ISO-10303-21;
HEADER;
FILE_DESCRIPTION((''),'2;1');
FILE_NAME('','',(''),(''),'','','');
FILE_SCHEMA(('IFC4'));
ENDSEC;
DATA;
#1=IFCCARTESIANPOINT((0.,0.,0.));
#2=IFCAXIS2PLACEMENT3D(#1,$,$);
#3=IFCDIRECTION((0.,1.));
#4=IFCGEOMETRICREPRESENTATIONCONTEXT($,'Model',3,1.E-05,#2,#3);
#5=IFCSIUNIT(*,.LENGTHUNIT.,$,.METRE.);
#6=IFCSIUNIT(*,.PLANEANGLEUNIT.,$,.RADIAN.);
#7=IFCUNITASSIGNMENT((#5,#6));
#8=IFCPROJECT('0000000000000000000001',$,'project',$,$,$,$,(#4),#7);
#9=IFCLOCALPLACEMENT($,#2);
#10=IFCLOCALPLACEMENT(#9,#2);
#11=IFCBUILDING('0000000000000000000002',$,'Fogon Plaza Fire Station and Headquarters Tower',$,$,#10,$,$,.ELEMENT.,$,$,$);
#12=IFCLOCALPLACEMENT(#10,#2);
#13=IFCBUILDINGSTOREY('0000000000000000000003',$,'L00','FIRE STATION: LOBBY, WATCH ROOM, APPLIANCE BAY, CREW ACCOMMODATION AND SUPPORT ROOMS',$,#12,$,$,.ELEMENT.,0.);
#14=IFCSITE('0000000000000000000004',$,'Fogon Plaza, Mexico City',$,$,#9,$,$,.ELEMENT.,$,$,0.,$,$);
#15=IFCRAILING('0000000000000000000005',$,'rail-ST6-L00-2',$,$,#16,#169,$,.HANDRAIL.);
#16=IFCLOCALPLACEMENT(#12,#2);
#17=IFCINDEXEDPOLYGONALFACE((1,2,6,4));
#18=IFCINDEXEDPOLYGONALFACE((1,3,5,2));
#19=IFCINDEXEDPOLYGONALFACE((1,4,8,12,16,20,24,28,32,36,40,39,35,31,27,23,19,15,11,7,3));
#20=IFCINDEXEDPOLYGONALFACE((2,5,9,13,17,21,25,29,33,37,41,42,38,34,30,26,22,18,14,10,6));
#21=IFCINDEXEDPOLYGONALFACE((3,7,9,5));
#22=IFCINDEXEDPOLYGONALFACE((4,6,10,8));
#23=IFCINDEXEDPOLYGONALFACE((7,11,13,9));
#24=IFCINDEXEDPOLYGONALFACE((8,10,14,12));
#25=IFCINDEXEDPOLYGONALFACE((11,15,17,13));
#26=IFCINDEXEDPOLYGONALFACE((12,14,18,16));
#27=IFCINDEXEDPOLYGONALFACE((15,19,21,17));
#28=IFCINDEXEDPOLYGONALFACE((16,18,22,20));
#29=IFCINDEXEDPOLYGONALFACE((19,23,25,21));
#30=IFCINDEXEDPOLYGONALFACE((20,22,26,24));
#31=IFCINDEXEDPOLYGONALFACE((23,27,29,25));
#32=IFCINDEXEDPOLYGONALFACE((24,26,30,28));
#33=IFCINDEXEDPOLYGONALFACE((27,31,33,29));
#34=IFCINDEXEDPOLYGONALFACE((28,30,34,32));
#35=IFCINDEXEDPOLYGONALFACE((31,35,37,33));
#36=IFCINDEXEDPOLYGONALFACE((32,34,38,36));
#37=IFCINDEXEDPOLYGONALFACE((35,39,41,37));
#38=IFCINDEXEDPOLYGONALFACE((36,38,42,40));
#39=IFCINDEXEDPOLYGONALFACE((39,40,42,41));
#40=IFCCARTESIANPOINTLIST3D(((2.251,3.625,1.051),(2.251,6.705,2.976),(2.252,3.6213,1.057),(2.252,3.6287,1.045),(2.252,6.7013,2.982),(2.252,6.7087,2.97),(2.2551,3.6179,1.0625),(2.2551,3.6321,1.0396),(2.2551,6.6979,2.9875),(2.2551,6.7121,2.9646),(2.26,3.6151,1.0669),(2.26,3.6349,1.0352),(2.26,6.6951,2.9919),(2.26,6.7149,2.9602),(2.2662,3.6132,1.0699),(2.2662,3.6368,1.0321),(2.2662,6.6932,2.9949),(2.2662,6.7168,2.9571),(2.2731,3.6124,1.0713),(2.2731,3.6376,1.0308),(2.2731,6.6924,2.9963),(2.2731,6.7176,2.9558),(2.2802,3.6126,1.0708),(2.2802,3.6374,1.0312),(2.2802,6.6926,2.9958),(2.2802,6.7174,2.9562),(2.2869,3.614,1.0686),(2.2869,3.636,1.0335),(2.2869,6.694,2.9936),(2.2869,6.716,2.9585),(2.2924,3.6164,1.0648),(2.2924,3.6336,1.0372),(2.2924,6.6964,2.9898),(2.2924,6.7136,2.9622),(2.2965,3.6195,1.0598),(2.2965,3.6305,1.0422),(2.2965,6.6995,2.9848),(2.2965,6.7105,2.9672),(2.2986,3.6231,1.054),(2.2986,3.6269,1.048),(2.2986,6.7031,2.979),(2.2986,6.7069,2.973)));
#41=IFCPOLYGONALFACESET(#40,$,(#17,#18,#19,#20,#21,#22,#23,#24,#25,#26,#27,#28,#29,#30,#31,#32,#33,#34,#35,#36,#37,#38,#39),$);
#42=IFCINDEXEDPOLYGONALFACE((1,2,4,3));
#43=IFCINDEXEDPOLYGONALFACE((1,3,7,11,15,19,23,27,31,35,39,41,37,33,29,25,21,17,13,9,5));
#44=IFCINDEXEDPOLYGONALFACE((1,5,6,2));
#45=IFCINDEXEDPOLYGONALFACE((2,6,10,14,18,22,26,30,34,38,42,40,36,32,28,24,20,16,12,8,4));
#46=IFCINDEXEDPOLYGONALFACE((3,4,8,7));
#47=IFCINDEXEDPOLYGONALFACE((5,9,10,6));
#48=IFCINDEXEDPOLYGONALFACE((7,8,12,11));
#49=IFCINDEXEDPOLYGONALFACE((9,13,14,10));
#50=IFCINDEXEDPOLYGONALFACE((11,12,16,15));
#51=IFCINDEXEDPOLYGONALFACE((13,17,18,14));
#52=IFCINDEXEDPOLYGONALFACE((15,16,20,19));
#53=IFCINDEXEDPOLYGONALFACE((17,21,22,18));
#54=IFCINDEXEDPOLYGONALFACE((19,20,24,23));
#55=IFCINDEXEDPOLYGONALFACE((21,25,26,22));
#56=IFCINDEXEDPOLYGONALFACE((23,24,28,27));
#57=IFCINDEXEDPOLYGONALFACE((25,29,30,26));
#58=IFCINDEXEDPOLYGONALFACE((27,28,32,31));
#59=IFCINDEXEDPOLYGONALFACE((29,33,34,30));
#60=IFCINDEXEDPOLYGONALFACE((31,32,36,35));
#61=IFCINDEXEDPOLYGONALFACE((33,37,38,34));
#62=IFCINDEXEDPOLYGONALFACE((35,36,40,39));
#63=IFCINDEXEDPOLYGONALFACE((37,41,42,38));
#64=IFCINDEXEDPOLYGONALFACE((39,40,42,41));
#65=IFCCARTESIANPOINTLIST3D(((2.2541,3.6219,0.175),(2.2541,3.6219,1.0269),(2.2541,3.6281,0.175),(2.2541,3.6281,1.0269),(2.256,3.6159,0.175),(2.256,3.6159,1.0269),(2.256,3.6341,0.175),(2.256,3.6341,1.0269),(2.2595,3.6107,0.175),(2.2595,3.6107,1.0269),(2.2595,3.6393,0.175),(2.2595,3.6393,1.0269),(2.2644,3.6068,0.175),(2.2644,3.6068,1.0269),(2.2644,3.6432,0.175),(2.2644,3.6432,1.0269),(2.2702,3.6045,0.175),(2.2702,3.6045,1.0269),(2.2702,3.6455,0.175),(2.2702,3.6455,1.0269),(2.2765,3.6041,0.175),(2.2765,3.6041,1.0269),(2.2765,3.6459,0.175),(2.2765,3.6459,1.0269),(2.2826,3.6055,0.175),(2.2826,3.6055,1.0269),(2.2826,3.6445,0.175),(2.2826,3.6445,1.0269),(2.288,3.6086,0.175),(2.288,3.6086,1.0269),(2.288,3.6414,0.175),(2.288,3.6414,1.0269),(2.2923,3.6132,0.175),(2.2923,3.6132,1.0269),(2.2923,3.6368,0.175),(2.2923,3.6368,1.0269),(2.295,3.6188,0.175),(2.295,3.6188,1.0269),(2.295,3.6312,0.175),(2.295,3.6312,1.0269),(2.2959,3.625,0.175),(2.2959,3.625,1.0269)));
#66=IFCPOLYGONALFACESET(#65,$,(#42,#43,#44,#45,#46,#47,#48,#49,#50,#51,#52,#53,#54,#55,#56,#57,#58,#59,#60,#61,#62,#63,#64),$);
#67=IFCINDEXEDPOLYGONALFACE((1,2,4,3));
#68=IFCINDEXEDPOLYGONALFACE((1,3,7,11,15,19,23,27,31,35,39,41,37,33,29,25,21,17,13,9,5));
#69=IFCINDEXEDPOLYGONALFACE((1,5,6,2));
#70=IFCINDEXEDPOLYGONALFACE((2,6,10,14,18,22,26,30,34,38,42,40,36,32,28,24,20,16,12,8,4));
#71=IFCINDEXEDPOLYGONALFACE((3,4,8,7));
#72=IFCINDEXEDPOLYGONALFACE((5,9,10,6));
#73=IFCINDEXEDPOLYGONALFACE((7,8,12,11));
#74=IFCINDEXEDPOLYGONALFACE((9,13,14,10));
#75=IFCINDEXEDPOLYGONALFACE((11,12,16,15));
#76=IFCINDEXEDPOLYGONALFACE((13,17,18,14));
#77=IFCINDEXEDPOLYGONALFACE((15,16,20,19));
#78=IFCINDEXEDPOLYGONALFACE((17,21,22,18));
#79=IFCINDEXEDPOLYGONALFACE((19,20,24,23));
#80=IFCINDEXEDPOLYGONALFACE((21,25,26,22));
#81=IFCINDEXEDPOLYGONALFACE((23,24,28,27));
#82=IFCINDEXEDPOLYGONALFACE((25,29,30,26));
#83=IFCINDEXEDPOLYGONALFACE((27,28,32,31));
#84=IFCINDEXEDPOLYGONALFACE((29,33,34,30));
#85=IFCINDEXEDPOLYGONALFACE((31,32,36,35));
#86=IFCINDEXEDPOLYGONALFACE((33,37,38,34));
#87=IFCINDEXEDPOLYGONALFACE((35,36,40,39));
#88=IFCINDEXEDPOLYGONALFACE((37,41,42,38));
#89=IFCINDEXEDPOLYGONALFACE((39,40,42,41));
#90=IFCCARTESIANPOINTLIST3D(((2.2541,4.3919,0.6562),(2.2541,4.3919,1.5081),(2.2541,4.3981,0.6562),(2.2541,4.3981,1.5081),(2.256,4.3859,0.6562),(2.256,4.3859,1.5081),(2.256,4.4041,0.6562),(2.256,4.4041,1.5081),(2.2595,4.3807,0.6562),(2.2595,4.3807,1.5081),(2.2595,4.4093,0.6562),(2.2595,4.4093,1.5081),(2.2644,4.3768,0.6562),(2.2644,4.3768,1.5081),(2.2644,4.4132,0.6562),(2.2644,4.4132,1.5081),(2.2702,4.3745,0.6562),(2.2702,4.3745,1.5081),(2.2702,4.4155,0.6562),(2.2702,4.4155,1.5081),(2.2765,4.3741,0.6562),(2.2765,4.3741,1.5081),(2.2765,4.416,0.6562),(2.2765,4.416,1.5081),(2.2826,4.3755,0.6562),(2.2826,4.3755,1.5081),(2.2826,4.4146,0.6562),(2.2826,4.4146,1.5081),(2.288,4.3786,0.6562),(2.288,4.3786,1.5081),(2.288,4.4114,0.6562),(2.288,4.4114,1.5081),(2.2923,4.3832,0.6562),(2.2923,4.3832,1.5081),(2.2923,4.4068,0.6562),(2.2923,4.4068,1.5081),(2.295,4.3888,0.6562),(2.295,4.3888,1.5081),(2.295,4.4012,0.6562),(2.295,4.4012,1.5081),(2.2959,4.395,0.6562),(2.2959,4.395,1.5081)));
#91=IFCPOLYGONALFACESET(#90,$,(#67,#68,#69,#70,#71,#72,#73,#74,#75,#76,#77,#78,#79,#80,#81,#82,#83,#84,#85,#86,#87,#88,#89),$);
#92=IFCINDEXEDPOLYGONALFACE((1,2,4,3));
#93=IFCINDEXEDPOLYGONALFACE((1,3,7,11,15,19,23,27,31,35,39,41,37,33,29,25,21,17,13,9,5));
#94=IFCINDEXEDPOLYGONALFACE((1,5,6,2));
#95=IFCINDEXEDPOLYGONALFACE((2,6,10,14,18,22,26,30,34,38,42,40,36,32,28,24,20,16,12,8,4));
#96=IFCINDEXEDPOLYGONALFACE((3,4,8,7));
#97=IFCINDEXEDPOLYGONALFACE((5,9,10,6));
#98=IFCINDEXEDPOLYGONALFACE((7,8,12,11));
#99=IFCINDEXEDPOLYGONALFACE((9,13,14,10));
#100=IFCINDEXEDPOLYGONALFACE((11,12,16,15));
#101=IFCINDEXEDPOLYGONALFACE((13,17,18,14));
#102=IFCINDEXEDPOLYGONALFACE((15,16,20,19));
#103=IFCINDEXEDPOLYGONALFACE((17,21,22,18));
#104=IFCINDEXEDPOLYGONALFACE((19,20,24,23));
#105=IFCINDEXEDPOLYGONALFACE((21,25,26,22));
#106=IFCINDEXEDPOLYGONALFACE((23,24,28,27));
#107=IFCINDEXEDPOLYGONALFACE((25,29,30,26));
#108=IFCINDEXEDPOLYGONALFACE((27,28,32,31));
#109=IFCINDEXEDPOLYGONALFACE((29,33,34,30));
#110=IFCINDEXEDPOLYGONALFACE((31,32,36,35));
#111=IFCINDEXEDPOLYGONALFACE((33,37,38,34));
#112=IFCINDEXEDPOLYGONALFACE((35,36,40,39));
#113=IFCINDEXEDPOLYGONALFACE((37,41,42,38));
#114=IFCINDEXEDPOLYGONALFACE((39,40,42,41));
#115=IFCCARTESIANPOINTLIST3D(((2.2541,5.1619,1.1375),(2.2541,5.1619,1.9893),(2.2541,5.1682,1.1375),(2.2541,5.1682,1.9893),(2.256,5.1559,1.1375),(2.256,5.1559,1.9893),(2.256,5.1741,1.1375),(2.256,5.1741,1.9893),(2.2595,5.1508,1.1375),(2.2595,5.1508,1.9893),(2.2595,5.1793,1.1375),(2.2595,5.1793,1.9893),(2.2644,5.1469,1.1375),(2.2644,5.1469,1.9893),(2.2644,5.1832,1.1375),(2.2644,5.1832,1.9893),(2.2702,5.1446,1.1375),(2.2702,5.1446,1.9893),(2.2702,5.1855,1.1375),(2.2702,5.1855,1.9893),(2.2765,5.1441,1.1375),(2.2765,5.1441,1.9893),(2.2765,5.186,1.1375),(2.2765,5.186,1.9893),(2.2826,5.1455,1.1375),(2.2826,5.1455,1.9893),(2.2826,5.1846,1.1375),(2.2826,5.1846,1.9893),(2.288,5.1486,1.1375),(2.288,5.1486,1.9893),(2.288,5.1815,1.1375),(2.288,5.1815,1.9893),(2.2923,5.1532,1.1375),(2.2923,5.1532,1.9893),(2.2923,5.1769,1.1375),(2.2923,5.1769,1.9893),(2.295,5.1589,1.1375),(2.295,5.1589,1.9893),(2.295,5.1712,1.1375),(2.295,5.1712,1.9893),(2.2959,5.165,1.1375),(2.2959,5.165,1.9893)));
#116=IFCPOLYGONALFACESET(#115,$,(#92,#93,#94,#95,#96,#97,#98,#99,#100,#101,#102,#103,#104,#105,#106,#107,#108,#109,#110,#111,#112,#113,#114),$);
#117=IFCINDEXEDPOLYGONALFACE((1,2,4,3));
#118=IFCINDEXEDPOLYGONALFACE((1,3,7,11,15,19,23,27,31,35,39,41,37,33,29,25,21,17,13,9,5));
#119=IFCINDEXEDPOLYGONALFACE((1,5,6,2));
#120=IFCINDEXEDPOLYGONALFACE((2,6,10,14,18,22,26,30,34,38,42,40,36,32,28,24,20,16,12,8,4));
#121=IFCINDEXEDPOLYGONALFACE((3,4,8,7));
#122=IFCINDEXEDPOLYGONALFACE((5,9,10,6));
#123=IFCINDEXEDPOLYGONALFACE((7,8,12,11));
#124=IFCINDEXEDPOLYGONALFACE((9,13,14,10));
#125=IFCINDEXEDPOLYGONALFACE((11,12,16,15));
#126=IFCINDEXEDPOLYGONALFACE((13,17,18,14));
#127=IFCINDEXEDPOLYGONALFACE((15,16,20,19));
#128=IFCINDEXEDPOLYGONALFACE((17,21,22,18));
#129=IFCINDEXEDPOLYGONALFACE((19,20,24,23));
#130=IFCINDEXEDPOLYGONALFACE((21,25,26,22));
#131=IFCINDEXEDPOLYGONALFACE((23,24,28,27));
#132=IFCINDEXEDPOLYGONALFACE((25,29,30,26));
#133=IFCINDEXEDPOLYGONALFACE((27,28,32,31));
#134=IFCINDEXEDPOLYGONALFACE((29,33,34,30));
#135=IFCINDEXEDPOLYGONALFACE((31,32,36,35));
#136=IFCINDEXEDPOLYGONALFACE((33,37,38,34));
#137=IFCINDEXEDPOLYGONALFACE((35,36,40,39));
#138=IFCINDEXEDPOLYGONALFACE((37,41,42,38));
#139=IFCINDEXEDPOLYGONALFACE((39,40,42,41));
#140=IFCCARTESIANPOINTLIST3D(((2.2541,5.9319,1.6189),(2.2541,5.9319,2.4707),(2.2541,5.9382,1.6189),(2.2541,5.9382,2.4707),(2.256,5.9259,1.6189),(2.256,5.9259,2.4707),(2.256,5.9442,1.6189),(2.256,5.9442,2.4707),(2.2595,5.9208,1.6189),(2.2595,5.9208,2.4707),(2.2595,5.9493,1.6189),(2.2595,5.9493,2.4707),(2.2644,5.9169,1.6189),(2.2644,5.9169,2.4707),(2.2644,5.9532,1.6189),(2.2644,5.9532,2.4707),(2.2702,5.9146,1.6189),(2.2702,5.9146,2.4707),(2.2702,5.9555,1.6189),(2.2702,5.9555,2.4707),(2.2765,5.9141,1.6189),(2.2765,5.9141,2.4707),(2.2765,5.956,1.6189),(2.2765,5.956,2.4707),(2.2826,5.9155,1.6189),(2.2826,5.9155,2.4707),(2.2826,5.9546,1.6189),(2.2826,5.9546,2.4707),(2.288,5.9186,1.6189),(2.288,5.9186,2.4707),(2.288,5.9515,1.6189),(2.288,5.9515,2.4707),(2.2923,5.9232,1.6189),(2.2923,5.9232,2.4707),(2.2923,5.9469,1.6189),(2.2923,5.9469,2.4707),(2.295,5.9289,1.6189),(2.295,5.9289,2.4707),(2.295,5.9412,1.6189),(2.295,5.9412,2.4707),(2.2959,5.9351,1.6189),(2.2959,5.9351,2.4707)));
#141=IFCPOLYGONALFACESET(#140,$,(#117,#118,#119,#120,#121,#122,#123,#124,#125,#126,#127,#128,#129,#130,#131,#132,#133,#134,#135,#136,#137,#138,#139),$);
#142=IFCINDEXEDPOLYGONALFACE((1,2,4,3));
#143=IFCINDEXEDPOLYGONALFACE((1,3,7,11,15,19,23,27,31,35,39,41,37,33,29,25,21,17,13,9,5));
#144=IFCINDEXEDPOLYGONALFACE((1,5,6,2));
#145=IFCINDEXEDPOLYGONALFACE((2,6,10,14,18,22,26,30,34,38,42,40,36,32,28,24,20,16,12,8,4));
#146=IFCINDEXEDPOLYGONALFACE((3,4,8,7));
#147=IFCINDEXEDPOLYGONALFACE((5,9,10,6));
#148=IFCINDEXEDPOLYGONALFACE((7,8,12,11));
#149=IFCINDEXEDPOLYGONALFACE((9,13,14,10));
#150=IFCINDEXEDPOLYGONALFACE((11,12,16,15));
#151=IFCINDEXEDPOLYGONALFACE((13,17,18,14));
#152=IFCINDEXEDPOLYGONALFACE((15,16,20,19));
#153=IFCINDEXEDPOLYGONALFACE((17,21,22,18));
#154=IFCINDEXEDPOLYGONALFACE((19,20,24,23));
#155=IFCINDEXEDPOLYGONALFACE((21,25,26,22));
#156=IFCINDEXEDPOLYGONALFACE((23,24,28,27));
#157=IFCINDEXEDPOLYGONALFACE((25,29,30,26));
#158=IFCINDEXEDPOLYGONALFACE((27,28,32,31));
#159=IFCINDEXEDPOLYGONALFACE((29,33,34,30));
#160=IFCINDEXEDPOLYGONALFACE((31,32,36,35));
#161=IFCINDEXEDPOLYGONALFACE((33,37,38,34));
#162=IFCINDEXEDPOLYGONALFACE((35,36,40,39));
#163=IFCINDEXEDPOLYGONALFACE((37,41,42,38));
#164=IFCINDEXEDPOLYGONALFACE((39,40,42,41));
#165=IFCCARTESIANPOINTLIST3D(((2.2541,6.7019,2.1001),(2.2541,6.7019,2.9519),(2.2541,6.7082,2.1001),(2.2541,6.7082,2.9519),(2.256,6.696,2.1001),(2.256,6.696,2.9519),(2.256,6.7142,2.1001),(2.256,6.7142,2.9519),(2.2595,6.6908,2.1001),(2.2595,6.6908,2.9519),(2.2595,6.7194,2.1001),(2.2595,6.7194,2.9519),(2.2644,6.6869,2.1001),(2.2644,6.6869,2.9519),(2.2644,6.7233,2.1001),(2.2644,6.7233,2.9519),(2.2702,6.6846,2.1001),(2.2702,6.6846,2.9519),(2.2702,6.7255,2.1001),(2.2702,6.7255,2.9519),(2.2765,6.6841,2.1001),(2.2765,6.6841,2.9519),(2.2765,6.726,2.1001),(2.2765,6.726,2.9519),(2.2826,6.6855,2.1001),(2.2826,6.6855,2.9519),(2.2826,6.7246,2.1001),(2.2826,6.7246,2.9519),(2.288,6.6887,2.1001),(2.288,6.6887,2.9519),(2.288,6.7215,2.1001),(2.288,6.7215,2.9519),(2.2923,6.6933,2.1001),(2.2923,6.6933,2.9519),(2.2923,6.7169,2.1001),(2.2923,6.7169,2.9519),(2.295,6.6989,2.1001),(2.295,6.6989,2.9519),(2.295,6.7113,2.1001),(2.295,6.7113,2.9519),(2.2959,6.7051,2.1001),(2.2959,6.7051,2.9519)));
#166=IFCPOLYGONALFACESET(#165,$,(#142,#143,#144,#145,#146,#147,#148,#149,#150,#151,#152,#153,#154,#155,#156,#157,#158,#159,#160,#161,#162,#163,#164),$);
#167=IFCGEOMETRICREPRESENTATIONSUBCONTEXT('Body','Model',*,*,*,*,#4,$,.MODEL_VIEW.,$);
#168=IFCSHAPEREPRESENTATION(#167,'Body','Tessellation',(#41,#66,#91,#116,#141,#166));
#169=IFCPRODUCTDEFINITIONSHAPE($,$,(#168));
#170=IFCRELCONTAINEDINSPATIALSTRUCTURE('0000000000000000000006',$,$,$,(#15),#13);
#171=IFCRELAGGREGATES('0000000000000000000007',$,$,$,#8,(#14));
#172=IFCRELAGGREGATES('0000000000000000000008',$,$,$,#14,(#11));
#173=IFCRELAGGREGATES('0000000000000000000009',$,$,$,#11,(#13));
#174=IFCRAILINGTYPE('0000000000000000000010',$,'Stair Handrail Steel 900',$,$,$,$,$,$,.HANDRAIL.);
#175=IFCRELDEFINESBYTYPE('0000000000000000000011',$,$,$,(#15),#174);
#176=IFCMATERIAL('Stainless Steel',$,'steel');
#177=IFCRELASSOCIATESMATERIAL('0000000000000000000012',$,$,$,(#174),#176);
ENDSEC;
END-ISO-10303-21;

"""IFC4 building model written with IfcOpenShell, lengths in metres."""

from ifc_helpers import new_model, si_unit, direction, frame, origin, origin_2d, place, context, subcontext, project, spatial, circle, extrude, material, type_object, element, save


model = new_model("IFC4")

# Units and contexts
model_context = context("Model", 3, precision=1e-05, world=origin(), true_north=direction((0.0, 1.0)))
body_context = subcontext(model_context, "Body", "Model", "MODEL_VIEW")
ifc_project = project(units=[si_unit("LENGTHUNIT", "METRE"), si_unit("PLANEANGLEUNIT", "RADIAN")], contexts=[model_context])

# Site, building, storey
site_placement = place(None, origin())
site = spatial("IfcSite", under=ifc_project, at=site_placement, Name="Fogon Plaza, Mexico City", CompositionType="ELEMENT", RefElevation=0.0)
building_placement = place(site_placement, origin())
building = spatial("IfcBuilding", under=site, at=building_placement, Name="Fogon Plaza Fire Station and Headquarters Tower", CompositionType="ELEMENT")
storey_placement = place(building_placement, origin())
storey = spatial("IfcBuildingStorey", under=building, at=storey_placement, Name="L00", Description="FIRE STATION: LOBBY, WATCH ROOM, APPLIANCE BAY, CREW ACCOMMODATION AND SUPPORT ROOMS", CompositionType="ELEMENT", Elevation=0.0)

# Railing
ifc_material_1 = material(Name="Stainless Steel", Category="steel")
railing_type_1 = type_object("IfcRailingType", Name="Stair Handrail Steel 900", PredefinedType="HANDRAIL", material=ifc_material_1)
for number, where, name in (
    (1, (2.2749, 3.625, 0.175), "rail-ST6-L00-2"),
):
    element("IfcRailing", number, at=place(storey_placement, frame(where)), inside=storey, type_object=railing_type_1, Name=name, PredefinedType="HANDRAIL", context=body_context, shape_type="SweptSolid", body=[
        extrude(circle(Radius=0.0239, at=origin_2d()), frame((0.0, 0.0, 0.876), z_axis=(0.0, 0.847998, 0.529999), x_axis=(-1.0, 0.0, 0.0)), (0.0, 0.0, 1.0), 3.6321),
        extrude(circle(Radius=0.021, at=origin_2d()), origin(), (0.0, 0.0, 1.0), 0.8518),
        extrude(circle(Radius=0.021, at=origin_2d()), frame((0.0, 0.77, 0.4812)), (0.0, 0.0, 1.0), 0.8518),
        extrude(circle(Radius=0.021, at=origin_2d()), frame((0.0, 1.54, 0.9624)), (0.0, 0.0, 1.0), 0.8518),
        extrude(circle(Radius=0.021, at=origin_2d()), frame((0.0, 2.3101, 1.4438)), (0.0, 0.0, 1.0), 0.8518),
        extrude(circle(Radius=0.021, at=origin_2d()), frame((0.0, 3.0801, 1.925)), (0.0, 0.0, 1.0), 0.8518),
    ])

save(model, "model.ifc")
